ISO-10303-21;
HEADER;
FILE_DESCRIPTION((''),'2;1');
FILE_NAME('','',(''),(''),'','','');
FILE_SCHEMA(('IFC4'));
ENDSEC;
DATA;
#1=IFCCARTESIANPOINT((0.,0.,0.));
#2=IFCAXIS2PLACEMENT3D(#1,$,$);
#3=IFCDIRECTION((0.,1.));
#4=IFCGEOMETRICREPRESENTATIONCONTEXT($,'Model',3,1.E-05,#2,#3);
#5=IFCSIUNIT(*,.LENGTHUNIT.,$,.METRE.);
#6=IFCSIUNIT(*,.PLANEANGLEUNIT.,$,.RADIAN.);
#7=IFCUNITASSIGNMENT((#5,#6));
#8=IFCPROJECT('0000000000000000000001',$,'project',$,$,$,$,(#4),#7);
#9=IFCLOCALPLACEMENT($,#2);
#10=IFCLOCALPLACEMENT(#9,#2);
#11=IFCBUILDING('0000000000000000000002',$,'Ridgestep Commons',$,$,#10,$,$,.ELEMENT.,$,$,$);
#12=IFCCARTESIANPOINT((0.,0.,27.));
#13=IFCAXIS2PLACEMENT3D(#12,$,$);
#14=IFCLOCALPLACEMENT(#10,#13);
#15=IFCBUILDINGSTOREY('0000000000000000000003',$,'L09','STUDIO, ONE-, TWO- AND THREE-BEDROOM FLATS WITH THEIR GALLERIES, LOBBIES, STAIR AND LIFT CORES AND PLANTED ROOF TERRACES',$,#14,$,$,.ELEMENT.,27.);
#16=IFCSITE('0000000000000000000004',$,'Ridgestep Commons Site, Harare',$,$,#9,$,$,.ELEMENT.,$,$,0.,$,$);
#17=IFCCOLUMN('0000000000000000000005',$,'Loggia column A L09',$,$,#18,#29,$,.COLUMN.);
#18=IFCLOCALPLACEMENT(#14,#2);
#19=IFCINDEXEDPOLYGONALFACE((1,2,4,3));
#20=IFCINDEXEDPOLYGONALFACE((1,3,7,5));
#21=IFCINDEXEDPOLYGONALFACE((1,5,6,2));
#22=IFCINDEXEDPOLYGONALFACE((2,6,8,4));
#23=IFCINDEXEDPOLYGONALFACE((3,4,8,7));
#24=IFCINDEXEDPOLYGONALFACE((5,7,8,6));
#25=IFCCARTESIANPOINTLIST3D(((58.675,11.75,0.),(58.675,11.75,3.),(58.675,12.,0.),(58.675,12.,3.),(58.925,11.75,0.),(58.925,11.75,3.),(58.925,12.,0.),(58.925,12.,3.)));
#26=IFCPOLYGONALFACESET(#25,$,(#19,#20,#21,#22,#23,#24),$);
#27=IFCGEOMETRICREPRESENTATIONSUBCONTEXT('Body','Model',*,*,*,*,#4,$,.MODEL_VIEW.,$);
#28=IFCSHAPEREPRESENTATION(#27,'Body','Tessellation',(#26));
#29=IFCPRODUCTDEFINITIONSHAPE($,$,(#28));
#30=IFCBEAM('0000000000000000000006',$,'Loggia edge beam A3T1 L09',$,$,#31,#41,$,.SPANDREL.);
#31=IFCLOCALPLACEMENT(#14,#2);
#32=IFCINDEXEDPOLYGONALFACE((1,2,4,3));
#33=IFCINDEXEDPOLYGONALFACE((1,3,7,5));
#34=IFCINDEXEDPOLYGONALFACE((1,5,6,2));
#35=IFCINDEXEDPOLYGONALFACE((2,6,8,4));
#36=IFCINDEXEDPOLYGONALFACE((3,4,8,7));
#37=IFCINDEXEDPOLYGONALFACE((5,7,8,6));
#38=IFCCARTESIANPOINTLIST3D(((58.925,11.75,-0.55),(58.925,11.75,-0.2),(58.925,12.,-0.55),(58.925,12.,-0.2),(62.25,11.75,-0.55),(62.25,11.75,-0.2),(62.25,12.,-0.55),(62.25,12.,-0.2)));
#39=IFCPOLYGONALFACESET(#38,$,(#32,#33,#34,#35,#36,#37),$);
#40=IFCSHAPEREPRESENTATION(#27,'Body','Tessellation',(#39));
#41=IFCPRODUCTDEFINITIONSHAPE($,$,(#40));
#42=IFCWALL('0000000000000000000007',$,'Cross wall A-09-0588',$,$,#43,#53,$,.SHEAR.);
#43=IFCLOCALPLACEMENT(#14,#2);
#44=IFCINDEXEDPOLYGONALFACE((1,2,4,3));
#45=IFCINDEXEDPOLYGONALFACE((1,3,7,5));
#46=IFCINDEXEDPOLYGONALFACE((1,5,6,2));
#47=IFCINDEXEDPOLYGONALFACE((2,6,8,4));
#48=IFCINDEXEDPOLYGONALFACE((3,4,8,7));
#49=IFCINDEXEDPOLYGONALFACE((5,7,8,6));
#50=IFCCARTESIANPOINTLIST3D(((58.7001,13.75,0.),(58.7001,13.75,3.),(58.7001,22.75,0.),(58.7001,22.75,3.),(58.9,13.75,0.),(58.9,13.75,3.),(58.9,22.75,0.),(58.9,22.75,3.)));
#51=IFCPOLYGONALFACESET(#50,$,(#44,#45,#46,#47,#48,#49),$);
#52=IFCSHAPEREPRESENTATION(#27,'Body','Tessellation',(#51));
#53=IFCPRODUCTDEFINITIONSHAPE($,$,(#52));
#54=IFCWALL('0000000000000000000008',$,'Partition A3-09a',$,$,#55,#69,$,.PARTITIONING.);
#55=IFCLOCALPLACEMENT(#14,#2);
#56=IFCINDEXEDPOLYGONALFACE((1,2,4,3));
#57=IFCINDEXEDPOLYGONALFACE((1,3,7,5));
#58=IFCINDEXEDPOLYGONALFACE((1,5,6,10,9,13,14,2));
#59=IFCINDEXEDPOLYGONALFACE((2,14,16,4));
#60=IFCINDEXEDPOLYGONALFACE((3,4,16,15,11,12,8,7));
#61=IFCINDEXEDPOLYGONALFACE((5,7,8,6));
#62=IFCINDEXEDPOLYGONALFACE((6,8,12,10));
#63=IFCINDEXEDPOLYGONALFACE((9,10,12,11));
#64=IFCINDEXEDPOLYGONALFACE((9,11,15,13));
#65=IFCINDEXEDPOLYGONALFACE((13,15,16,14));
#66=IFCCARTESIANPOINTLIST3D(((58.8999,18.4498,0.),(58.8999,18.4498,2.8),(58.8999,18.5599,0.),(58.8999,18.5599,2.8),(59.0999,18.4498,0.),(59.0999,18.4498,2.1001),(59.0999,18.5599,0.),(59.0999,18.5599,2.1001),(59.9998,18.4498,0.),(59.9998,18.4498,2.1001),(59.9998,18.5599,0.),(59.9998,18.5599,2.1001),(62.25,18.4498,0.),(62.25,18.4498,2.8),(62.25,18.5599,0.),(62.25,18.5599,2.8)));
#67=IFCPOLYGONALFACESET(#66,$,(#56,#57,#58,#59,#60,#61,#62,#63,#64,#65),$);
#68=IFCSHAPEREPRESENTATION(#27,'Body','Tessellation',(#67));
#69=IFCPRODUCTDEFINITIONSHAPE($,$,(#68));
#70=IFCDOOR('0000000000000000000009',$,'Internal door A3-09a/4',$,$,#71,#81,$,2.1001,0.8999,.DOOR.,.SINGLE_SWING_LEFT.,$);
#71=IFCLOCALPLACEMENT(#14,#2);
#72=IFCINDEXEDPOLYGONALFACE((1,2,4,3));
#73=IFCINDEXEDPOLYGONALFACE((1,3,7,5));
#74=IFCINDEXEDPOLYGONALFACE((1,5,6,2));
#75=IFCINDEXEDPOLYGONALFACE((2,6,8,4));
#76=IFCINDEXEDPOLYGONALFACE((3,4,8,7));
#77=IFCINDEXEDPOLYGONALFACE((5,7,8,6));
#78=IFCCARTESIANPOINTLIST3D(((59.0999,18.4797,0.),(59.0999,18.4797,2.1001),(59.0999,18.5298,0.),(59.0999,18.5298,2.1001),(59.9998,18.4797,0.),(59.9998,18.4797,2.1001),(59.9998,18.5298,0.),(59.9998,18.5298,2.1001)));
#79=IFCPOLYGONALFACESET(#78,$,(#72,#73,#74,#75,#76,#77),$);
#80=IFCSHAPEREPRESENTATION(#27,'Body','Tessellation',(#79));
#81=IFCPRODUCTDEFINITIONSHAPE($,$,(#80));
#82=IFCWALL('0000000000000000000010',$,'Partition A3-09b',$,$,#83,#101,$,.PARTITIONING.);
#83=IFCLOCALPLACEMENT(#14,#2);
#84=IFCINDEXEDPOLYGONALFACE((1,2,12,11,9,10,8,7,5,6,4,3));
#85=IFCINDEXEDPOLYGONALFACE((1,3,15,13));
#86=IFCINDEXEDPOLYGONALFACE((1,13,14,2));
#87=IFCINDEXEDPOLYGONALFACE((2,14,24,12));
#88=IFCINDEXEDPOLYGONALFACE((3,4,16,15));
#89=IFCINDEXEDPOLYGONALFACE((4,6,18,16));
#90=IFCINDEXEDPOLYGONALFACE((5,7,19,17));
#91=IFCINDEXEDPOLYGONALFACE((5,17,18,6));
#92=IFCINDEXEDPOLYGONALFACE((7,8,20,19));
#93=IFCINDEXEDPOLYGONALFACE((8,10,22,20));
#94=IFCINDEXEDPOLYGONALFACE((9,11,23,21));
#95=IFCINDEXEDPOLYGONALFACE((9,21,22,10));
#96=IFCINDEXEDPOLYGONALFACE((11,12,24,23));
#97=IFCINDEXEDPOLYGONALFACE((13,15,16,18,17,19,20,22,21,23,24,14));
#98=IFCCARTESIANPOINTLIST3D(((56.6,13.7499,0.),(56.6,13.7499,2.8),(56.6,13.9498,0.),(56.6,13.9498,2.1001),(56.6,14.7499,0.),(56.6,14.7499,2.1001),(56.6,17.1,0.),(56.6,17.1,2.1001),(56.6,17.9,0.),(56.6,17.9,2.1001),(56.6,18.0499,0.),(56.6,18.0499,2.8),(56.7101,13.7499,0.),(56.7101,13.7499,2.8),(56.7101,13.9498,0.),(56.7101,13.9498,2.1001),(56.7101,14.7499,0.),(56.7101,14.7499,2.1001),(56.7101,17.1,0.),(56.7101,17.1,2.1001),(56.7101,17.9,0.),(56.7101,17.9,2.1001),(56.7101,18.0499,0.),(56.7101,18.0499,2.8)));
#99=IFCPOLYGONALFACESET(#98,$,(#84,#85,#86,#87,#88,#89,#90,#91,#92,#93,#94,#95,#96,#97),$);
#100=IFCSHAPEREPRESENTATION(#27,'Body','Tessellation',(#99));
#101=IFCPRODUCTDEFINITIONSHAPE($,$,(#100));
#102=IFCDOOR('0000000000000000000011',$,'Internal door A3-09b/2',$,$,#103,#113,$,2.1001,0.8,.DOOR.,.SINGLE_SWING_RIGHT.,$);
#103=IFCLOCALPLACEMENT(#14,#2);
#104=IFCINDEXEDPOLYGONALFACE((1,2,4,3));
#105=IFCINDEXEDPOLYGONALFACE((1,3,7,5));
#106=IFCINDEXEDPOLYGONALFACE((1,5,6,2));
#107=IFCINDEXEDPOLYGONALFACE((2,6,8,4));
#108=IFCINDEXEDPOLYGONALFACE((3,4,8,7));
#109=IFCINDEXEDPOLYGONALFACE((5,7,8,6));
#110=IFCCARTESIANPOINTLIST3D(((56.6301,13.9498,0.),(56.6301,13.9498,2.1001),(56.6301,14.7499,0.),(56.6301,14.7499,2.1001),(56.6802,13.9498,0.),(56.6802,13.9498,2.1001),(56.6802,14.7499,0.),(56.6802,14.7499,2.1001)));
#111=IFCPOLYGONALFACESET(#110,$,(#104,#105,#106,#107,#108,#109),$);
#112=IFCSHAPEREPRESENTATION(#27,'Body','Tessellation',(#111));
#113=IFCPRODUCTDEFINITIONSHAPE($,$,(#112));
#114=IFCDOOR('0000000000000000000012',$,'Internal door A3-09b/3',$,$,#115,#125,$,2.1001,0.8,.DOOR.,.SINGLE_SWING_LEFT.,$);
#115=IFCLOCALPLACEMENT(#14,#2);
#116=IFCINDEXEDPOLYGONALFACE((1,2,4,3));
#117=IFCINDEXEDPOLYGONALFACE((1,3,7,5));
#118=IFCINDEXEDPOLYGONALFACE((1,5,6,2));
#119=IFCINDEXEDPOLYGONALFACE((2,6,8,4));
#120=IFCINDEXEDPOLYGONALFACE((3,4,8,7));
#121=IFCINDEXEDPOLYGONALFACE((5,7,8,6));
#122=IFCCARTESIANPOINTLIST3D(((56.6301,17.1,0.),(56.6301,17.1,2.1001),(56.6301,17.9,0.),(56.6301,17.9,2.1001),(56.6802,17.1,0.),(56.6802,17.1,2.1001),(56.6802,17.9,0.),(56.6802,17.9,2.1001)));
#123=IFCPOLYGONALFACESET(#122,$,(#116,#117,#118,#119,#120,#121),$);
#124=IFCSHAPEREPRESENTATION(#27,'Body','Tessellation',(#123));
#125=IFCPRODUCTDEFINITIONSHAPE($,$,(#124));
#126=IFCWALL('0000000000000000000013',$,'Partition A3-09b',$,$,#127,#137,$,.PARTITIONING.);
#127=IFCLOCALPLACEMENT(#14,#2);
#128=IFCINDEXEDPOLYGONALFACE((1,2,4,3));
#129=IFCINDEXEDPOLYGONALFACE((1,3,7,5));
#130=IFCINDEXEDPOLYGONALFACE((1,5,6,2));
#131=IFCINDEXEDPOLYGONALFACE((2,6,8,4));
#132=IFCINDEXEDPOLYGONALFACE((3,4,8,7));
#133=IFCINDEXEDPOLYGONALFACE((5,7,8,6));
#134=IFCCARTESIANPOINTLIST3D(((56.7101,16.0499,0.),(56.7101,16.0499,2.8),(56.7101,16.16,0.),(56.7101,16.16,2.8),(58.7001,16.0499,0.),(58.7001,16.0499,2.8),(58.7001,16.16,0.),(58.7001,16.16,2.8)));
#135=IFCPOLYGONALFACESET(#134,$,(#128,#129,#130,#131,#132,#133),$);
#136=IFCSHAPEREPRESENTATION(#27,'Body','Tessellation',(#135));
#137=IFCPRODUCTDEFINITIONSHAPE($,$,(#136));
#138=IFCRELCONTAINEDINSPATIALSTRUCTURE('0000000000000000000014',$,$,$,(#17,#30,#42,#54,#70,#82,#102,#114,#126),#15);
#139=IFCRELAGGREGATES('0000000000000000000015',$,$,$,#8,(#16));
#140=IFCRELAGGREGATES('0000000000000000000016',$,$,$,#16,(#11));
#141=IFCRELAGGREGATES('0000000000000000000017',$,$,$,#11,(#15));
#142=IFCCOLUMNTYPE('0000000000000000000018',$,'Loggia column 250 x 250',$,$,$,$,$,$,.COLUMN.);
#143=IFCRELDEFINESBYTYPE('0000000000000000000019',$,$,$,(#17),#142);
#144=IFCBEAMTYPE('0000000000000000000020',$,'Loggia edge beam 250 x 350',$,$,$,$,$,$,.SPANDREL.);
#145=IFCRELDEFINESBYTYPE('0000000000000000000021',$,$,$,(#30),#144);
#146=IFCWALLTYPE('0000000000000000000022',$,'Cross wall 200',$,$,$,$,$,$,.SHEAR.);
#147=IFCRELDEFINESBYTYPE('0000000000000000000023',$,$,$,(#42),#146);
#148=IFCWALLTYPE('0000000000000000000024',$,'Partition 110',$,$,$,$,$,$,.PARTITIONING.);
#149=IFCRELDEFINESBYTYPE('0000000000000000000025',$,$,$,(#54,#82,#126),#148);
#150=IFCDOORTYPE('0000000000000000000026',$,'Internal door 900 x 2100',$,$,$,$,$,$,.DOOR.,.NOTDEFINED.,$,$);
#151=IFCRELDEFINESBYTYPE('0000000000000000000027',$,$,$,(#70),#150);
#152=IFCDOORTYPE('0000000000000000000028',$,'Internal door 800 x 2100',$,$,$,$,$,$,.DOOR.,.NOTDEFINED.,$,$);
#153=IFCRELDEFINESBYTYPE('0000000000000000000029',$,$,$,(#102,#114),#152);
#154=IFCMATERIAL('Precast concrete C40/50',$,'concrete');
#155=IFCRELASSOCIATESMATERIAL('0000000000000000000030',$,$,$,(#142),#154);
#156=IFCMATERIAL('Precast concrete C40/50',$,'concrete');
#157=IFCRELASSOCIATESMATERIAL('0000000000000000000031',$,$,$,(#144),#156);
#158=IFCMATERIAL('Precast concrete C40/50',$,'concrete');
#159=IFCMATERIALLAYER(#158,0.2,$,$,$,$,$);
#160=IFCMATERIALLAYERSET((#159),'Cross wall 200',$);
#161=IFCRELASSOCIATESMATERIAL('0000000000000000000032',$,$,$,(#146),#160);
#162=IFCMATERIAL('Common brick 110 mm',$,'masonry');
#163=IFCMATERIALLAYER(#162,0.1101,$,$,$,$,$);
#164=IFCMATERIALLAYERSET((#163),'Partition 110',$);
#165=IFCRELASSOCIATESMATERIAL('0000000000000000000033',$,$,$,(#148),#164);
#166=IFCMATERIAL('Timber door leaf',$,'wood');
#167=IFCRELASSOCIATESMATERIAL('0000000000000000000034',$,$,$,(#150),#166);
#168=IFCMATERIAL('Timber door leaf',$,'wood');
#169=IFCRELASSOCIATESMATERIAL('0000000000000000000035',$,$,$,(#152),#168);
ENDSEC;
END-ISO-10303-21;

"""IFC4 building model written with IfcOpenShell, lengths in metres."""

from ifc_helpers import new_model, si_unit, direction, frame, frame_2d, origin, origin_2d, place, context, subcontext, project, spatial, rectangle, extrude, material, layer, layer_set, material_profile, profile_set, type_object, element, fill, save


model = new_model("IFC4")

# Units and contexts
model_context = context("Model", 3, precision=1e-05, world=origin(), true_north=direction((0.0, 1.0)))
body_context = subcontext(model_context, "Body", "Model", "MODEL_VIEW")
ifc_project = project(units=[si_unit("LENGTHUNIT", "METRE"), si_unit("PLANEANGLEUNIT", "RADIAN")], contexts=[model_context])

# Site, building, storey
site_placement = place(None, origin())
site = spatial("IfcSite", under=ifc_project, at=site_placement, Name="Ridgestep Commons Site, Harare", CompositionType="ELEMENT", RefElevation=0.0)
building_placement = place(site_placement, origin())
building = spatial("IfcBuilding", under=site, at=building_placement, Name="Ridgestep Commons", CompositionType="ELEMENT")
storey_placement = place(building_placement, frame((0.0, 0.0, 27.0)))
storey = spatial("IfcBuildingStorey", under=building, at=storey_placement, Name="L09", Description="STUDIO, ONE-, TWO- AND THREE-BEDROOM FLATS WITH THEIR GALLERIES, LOBBIES, STAIR AND LIFT CORES AND PLANTED ROOF TERRACES", CompositionType="ELEMENT", Elevation=27.0)

# Column
ifc_material_1 = material(Name="Precast concrete C40/50", Category="concrete")
ifc_material_profile_1 = material_profile(ifc_material_1, rectangle(XDim=0.25, YDim=0.25, at=origin_2d()), Name="PC 250x250")
ifc_profile_set_1 = profile_set([ifc_material_profile_1], Name="Precast concrete C40/50")
column_type = type_object("IfcColumnType", Name="Loggia column 250 x 250", PredefinedType="COLUMN", material=ifc_profile_set_1)
column_placement = place(storey_placement, frame((58.8, 11.875, 0.0), z_axis=(0.0, 0.0, 1.0), x_axis=(1.0, 0.0, 0.0)))
element("IfcColumn", 1, at=column_placement, inside=storey, type_object=column_type, Name="Loggia column A L09", PredefinedType="COLUMN", context=body_context, shape_type="SweptSolid", body=[
    extrude(rectangle(XDim=0.25, YDim=0.25, at=origin_2d()), origin(), (0.0, 0.0, 1.0), 3.0),
])

# Beam
ifc_material_2 = material(Name="Precast concrete C40/50", Category="concrete")
ifc_material_profile_2 = material_profile(ifc_material_2, rectangle(XDim=0.25, YDim=0.3501, at=origin_2d()), Name="PC 250x350")
ifc_profile_set_2 = profile_set([ifc_material_profile_2], Name="Precast concrete C40/50")
beam_type = type_object("IfcBeamType", Name="Loggia edge beam 250 x 350", PredefinedType="SPANDREL", material=ifc_profile_set_2)
beam_placement = place(storey_placement, frame((58.925, 11.875, -0.375), z_axis=(1.0, 0.0, 0.0), x_axis=(0.0, 1.0, 0.0)))
element("IfcBeam", 2, at=beam_placement, inside=storey, type_object=beam_type, Name="Loggia edge beam A3T1 L09", PredefinedType="SPANDREL", context=body_context, shape_type="SweptSolid", body=[
    extrude(rectangle(XDim=0.25, YDim=0.3501, at=origin_2d()), origin(), (0.0, 0.0, 1.0), 3.325),
])

# Wall
ifc_material_3 = material(Name="Precast concrete C40/50", Category="concrete")
ifc_layer_1 = layer(ifc_material_3, 0.2)
ifc_layer_set_1 = layer_set([ifc_layer_1], Name="Cross wall 200")
wall_type_1 = type_object("IfcWallType", Name="Cross wall 200", PredefinedType="SHEAR", material=ifc_layer_set_1)
wall_1_placement = place(storey_placement, frame((58.8, 13.75, 0.0), z_axis=(0.0, 0.0, 1.0), x_axis=(0.0, 1.0, 0.0)))
element("IfcWall", 3, at=wall_1_placement, inside=storey, type_object=wall_type_1, Name="Cross wall A-09-0588", PredefinedType="SHEAR", context=body_context, shape_type="SweptSolid", body=[
    extrude(rectangle(XDim=9.0, YDim=0.2, at=frame_2d((4.5, 0.0))), origin(), (0.0, 0.0, 1.0), 3.0),
])

# Wall, opening, door
ifc_material_4 = material(Name="Common brick 110 mm", Category="masonry")
ifc_layer_2 = layer(ifc_material_4, 0.1101)
ifc_layer_set_2 = layer_set([ifc_layer_2], Name="Partition 110")
wall_type_2 = type_object("IfcWallType", Name="Partition 110", PredefinedType="PARTITIONING", material=ifc_layer_set_2)
wall_2_placement = place(storey_placement, frame((58.8999, 18.5049, 0.0), z_axis=(0.0, 0.0, 1.0), x_axis=(1.0, 0.0, 0.0)))
wall_2 = element("IfcWall", 4, at=wall_2_placement, inside=storey, type_object=wall_type_2, Name="Partition A3-09a", PredefinedType="PARTITIONING", context=body_context, shape_type="SweptSolid", body=[
    extrude(rectangle(XDim=3.3501, YDim=0.1101, at=frame_2d((1.675, 0.0))), origin(), (0.0, 0.0, 1.0), 2.8),
])
opening_1_placement = place(wall_2_placement, frame((0.2, 0.0, 0.0)))
opening_1 = element("IfcOpeningElement", 5, at=opening_1_placement, cuts=wall_2, PredefinedType="OPENING", context=body_context, shape_type="SweptSolid", body=[
    extrude(rectangle(XDim=0.8999, YDim=2.1001, at=frame_2d((0.45, 1.05))), frame((0.0, 0.0649, 0.0), z_axis=(0.0, -1.0, 0.0), x_axis=(1.0, 0.0, 0.0)), (0.0, 0.0, 1.0), 0.1301),
])
ifc_material_5 = material(Name="Timber door leaf", Category="wood")
door_type_1 = type_object("IfcDoorType", Name="Internal door 900 x 2100", OperationType="NOTDEFINED", PredefinedType="DOOR", material=ifc_material_5)
door_1_placement = place(opening_1_placement, origin())
door_1 = element("IfcDoor", 6, at=door_1_placement, inside=storey, type_object=door_type_1, Name="Internal door A3-09a/4", OperationType="SINGLE_SWING_LEFT", OverallHeight=2.1001, OverallWidth=0.8999, PredefinedType="DOOR", context=body_context, shape_type="SweptSolid", body=[
    extrude(rectangle(XDim=0.8999, YDim=2.1001, at=frame_2d((0.45, 1.05))), frame((0.0, 0.0249, 0.0), z_axis=(0.0, -1.0, 0.0), x_axis=(1.0, 0.0, 0.0)), (0.0, 0.0, 1.0), 0.05),
])
fill(opening_1, door_1)

# Wall, openings, doors
wall_3_placement = place(storey_placement, frame((56.655, 13.75, 0.0), z_axis=(0.0, 0.0, 1.0), x_axis=(0.0, 1.0, 0.0)))
wall_3 = element("IfcWall", 7, at=wall_3_placement, inside=storey, type_object=wall_type_2, Name="Partition A3-09b", PredefinedType="PARTITIONING", context=body_context, shape_type="SweptSolid", body=[
    extrude(rectangle(XDim=4.3, YDim=0.1101, at=frame_2d((2.1499, 0.0))), origin(), (0.0, 0.0, 1.0), 2.8),
])
opening_2_placement = place(wall_3_placement, frame((0.2, 0.0, 0.0)))
opening_2 = element("IfcOpeningElement", 8, at=opening_2_placement, cuts=wall_3, PredefinedType="OPENING", context=body_context, shape_type="SweptSolid", body=[
    extrude(rectangle(XDim=0.8, YDim=2.1001, at=frame_2d((0.3999, 1.05))), frame((0.0, 0.0649, 0.0), z_axis=(0.0, -1.0, 0.0), x_axis=(1.0, 0.0, 0.0)), (0.0, 0.0, 1.0), 0.1301),
])
opening_3_placement = place(wall_3_placement, frame((3.3501, 0.0, 0.0)))
opening_3 = element("IfcOpeningElement", 9, at=opening_3_placement, cuts=wall_3, PredefinedType="OPENING", context=body_context, shape_type="SweptSolid", body=[
    extrude(rectangle(XDim=0.8, YDim=2.1001, at=frame_2d((0.3999, 1.05))), frame((0.0, 0.0649, 0.0), z_axis=(0.0, -1.0, 0.0), x_axis=(1.0, 0.0, 0.0)), (0.0, 0.0, 1.0), 0.1301),
])
ifc_material_6 = material(Name="Timber door leaf", Category="wood")
door_type_2 = type_object("IfcDoorType", Name="Internal door 800 x 2100", OperationType="NOTDEFINED", PredefinedType="DOOR", material=ifc_material_6)
door_2_placement = place(opening_2_placement, origin())
door_2 = element("IfcDoor", 10, at=door_2_placement, inside=storey, type_object=door_type_2, Name="Internal door A3-09b/2", OperationType="SINGLE_SWING_RIGHT", OverallHeight=2.1001, OverallWidth=0.8, PredefinedType="DOOR", context=body_context, shape_type="SweptSolid", body=[
    extrude(rectangle(XDim=0.8, YDim=2.1001, at=frame_2d((0.3999, 1.05))), frame((0.0, 0.0249, 0.0), z_axis=(0.0, -1.0, 0.0), x_axis=(1.0, 0.0, 0.0)), (0.0, 0.0, 1.0), 0.05),
])
fill(opening_2, door_2)
door_3_placement = place(opening_3_placement, origin())
door_3 = element("IfcDoor", 11, at=door_3_placement, inside=storey, type_object=door_type_2, Name="Internal door A3-09b/3", OperationType="SINGLE_SWING_LEFT", OverallHeight=2.1001, OverallWidth=0.8, PredefinedType="DOOR", context=body_context, shape_type="SweptSolid", body=[
    extrude(rectangle(XDim=0.8, YDim=2.1001, at=frame_2d((0.3999, 1.05))), frame((0.0, 0.0249, 0.0), z_axis=(0.0, -1.0, 0.0), x_axis=(1.0, 0.0, 0.0)), (0.0, 0.0, 1.0), 0.05),
])
fill(opening_3, door_3)

# Wall
wall_4_placement = place(storey_placement, frame((56.71, 16.105, 0.0), z_axis=(0.0, 0.0, 1.0), x_axis=(1.0, 0.0, 0.0)))
element("IfcWall", 12, at=wall_4_placement, inside=storey, type_object=wall_type_2, Name="Partition A3-09b", PredefinedType="PARTITIONING", context=body_context, shape_type="SweptSolid", body=[
    extrude(rectangle(XDim=1.99, YDim=0.1101, at=frame_2d((0.9951, 0.0))), origin(), (0.0, 0.0, 1.0), 2.8),
])

save(model, "model.ifc")
